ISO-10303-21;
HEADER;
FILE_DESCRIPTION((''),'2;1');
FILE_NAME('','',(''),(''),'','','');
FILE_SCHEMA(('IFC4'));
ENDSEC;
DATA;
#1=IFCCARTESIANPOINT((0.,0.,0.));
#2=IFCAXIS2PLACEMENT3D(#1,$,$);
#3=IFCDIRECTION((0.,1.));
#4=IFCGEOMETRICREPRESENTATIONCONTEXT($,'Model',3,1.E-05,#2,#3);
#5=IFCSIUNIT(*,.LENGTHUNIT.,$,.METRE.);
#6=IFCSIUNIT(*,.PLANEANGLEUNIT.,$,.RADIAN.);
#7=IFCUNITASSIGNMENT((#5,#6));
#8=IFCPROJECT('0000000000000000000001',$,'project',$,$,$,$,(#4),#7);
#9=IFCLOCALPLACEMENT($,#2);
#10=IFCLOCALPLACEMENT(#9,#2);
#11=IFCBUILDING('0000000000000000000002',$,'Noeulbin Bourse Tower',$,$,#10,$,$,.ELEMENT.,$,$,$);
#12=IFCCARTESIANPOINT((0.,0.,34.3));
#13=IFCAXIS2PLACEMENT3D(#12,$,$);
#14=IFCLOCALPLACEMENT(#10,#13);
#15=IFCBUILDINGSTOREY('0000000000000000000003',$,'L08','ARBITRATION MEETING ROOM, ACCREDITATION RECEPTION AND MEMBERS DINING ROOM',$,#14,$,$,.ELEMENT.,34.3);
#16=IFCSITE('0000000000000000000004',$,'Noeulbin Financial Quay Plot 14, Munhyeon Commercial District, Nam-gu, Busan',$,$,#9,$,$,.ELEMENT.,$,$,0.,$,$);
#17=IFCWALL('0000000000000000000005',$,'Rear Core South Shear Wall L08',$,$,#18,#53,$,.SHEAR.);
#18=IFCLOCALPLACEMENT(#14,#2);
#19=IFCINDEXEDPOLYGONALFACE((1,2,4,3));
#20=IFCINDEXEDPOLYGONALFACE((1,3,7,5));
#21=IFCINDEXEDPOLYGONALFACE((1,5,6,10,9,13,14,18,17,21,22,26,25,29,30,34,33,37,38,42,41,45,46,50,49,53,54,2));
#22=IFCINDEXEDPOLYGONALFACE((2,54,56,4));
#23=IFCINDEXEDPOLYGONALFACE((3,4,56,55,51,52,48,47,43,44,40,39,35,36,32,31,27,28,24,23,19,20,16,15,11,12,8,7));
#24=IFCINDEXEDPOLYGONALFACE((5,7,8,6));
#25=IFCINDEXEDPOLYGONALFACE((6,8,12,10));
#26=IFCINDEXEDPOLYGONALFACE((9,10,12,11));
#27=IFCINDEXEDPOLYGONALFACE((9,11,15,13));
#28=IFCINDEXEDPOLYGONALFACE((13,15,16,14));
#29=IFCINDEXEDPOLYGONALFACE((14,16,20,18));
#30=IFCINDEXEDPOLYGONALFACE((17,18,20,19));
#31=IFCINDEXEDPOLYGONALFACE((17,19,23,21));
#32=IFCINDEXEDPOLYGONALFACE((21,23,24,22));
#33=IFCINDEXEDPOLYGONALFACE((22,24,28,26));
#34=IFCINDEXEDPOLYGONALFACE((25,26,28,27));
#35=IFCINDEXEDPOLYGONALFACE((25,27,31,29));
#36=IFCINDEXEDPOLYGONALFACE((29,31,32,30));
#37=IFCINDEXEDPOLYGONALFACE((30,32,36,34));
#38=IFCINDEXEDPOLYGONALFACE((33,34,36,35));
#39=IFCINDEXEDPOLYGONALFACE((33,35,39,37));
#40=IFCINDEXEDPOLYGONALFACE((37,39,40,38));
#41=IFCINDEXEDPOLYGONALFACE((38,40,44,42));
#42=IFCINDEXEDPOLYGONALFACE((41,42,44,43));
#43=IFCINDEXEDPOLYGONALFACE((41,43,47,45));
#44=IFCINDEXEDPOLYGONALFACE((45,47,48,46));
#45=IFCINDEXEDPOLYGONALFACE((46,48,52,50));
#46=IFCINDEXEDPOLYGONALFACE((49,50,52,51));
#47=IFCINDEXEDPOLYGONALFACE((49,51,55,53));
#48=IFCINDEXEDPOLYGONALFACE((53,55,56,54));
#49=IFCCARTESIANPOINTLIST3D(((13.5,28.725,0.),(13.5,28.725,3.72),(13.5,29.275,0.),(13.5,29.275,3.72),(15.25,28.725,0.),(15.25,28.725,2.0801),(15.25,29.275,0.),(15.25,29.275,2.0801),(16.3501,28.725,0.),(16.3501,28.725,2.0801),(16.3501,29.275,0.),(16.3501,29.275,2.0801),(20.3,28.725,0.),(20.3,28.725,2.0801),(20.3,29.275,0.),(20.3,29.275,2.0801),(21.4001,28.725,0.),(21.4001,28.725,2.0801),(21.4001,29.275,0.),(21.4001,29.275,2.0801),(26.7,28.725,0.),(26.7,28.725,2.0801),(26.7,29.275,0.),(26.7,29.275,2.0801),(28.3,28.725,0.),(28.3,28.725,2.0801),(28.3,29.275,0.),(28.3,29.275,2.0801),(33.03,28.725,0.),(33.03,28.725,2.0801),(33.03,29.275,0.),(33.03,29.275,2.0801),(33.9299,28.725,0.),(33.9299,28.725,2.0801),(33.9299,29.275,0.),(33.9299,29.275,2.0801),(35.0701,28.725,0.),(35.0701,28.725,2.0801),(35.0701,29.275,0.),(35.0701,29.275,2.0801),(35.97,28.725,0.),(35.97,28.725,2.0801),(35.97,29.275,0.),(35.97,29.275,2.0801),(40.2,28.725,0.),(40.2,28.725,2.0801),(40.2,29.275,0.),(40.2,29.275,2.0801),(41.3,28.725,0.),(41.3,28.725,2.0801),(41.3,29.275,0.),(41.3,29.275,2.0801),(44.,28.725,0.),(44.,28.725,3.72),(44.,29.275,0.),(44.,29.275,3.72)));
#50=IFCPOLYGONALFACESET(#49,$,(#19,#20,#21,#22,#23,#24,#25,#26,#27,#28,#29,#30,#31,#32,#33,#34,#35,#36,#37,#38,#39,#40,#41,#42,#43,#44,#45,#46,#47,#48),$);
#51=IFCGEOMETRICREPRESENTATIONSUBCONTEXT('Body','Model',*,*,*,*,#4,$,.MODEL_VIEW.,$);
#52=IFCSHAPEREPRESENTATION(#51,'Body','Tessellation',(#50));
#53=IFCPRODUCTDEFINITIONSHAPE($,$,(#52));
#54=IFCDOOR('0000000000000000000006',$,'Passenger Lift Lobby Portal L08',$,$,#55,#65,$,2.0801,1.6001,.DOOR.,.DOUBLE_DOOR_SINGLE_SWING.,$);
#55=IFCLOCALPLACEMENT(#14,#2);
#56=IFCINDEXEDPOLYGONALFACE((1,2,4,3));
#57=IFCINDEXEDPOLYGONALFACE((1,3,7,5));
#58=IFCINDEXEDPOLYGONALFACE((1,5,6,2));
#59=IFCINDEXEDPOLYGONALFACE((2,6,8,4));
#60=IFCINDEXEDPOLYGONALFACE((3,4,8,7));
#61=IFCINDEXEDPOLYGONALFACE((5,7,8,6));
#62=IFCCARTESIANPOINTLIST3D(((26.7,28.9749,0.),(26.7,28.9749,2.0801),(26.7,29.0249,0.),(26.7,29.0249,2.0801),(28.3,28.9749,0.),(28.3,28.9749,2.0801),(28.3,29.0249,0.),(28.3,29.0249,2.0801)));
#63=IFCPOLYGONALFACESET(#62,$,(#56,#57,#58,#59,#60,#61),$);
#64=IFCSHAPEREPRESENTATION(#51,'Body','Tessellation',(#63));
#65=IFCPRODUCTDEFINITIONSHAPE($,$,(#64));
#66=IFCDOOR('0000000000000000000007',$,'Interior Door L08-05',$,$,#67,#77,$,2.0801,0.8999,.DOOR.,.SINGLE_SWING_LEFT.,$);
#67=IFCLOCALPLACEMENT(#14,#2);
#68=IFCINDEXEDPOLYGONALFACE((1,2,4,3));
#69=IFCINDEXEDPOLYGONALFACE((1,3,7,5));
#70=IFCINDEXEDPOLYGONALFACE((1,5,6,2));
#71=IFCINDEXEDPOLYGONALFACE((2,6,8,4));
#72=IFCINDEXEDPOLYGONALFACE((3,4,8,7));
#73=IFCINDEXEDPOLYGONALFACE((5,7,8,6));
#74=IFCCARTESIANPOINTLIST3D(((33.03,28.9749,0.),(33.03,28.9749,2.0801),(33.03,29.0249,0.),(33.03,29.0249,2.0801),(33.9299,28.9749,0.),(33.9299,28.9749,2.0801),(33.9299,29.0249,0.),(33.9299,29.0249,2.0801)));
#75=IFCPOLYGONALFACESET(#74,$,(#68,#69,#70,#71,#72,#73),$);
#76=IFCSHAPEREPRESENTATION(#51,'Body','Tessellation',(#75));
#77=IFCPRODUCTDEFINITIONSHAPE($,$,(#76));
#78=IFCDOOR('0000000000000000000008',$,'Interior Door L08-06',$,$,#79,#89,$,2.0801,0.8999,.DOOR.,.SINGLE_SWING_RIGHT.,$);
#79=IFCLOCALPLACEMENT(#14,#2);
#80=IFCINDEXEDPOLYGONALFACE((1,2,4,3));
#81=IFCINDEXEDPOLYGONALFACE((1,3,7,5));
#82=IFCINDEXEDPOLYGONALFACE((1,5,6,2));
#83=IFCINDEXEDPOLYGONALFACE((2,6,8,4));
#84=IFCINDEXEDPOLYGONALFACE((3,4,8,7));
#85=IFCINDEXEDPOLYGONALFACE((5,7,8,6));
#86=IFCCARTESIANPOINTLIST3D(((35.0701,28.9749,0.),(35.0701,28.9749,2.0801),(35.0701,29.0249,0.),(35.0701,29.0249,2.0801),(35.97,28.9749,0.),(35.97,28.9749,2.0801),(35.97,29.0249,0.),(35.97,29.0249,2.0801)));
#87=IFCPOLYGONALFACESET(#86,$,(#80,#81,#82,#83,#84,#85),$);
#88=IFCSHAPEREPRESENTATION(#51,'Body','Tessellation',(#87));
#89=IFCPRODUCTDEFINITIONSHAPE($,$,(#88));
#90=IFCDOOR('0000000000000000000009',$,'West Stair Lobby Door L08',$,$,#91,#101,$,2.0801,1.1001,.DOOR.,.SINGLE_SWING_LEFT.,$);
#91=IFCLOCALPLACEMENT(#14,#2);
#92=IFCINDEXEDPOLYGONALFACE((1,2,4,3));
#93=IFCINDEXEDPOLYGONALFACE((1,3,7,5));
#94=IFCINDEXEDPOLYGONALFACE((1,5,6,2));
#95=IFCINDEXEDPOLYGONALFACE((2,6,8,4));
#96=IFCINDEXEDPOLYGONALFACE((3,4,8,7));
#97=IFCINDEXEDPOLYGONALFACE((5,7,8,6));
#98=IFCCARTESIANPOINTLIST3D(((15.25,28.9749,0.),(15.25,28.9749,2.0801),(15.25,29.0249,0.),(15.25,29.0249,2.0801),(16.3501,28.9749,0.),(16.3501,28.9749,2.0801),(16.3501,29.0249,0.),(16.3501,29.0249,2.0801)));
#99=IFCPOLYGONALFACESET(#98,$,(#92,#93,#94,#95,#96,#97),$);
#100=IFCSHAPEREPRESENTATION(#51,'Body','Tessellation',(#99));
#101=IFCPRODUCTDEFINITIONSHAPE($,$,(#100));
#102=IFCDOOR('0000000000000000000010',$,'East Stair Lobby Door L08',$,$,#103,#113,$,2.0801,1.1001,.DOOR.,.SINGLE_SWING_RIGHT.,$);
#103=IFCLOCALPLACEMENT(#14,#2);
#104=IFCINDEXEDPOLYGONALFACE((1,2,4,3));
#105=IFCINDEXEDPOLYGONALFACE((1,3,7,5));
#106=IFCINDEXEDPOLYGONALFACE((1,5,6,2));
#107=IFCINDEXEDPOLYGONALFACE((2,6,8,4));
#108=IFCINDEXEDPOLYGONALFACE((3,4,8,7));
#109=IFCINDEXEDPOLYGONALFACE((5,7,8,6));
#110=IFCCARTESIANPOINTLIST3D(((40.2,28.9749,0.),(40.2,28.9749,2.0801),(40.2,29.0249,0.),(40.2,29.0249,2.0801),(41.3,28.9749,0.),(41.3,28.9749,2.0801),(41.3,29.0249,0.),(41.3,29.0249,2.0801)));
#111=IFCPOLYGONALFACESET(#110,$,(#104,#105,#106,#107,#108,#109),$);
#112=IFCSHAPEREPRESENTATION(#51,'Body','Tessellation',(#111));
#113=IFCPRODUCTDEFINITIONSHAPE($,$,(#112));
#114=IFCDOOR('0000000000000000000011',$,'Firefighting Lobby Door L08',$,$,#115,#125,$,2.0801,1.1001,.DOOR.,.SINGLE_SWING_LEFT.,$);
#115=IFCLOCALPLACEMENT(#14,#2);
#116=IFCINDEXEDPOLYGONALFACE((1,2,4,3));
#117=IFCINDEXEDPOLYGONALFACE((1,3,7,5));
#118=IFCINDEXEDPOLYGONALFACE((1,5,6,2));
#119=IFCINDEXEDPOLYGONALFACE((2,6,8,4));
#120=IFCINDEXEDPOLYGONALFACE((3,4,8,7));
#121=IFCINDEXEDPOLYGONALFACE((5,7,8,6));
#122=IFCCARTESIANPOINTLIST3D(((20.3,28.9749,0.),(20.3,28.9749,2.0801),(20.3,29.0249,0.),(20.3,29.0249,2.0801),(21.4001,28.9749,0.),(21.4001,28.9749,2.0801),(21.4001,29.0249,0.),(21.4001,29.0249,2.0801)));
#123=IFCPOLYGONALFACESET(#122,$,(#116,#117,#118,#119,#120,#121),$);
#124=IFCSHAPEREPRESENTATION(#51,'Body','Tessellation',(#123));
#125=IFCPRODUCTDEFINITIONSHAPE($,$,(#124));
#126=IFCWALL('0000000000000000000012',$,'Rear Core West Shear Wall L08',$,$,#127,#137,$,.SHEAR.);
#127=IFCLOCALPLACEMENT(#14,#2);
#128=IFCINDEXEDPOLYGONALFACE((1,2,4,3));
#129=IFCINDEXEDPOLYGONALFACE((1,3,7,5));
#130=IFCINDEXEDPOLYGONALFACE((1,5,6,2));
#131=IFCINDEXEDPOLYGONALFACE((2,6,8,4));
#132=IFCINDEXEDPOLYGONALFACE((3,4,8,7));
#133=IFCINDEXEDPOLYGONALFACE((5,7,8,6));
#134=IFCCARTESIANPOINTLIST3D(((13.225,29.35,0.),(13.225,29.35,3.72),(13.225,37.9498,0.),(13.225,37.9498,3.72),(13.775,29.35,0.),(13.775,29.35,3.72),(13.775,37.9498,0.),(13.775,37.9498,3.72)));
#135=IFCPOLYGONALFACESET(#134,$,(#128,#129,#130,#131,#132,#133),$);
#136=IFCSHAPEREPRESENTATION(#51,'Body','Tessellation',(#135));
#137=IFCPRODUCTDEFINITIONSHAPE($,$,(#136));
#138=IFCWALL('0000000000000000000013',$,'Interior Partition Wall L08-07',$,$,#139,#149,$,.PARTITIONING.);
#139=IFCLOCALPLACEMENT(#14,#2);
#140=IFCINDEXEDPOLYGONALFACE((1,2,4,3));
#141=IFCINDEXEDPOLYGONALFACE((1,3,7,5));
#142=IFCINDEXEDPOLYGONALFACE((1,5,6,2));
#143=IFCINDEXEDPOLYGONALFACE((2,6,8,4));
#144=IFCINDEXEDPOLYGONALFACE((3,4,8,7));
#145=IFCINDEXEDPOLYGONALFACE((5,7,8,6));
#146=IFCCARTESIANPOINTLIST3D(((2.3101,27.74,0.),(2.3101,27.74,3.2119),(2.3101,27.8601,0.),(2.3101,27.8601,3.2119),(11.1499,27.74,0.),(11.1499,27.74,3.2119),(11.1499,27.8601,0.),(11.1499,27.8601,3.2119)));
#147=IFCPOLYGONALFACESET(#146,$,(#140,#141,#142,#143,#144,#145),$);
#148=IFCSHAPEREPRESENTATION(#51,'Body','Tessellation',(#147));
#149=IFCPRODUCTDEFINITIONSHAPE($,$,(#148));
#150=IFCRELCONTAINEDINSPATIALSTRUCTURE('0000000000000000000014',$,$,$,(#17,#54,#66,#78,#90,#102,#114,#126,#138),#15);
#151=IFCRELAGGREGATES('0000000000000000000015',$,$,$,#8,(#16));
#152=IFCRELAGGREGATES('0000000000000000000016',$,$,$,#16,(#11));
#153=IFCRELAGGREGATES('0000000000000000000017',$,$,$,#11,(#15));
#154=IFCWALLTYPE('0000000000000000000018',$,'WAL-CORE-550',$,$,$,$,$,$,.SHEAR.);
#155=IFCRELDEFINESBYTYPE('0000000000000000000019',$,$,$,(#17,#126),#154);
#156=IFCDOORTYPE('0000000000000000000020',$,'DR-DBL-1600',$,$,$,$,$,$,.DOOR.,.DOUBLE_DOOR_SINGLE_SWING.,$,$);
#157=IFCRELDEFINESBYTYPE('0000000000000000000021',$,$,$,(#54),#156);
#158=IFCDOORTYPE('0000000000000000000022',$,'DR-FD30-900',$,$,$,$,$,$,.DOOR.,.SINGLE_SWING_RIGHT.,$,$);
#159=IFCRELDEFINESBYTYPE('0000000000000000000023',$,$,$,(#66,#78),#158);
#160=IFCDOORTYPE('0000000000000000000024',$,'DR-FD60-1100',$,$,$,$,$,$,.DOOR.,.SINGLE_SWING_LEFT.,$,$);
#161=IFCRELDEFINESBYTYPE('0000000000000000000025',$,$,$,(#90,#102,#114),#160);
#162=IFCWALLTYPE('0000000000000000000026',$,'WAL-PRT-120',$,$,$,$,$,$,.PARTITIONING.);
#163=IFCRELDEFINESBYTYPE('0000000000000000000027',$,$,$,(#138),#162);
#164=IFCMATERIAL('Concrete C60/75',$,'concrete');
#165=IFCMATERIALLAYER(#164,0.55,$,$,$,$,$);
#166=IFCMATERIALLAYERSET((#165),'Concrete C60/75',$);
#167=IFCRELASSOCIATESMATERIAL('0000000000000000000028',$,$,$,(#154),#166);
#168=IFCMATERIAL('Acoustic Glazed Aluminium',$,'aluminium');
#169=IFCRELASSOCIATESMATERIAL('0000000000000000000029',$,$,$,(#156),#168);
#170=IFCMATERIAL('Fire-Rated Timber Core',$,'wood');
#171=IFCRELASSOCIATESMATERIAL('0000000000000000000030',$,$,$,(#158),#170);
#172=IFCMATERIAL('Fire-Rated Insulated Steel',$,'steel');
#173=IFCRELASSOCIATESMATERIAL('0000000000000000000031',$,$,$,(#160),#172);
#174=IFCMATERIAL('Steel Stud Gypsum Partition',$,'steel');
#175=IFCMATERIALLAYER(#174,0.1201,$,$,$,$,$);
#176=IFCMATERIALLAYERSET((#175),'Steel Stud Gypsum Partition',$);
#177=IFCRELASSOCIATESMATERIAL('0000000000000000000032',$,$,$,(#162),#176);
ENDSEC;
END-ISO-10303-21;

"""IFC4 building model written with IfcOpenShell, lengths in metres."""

from ifc_helpers import new_model, si_unit, direction, frame, frame_2d, origin, place, context, subcontext, project, spatial, rectangle, extrude, material, layer, layer_set, type_object, element, fill, save


model = new_model("IFC4")

# Units and contexts
model_context = context("Model", 3, precision=1e-05, world=origin(), true_north=direction((0.0, 1.0)))
body_context = subcontext(model_context, "Body", "Model", "MODEL_VIEW")
ifc_project = project(units=[si_unit("LENGTHUNIT", "METRE"), si_unit("PLANEANGLEUNIT", "RADIAN")], contexts=[model_context])

# Site, building, storey
site_placement = place(None, origin())
site = spatial("IfcSite", under=ifc_project, at=site_placement, Name="Noeulbin Financial Quay Plot 14, Munhyeon Commercial District, Nam-gu, Busan", CompositionType="ELEMENT", RefElevation=0.0)
building_placement = place(site_placement, origin())
building = spatial("IfcBuilding", under=site, at=building_placement, Name="Noeulbin Bourse Tower", CompositionType="ELEMENT")
storey_placement = place(building_placement, frame((0.0, 0.0, 34.3)))
storey = spatial("IfcBuildingStorey", under=building, at=storey_placement, Name="L08", Description="ARBITRATION MEETING ROOM, ACCREDITATION RECEPTION AND MEMBERS DINING ROOM", CompositionType="ELEMENT", Elevation=34.3)

# Wall, openings, doors
ifc_material_1 = material(Name="Concrete C60/75", Category="concrete")
ifc_layer_1 = layer(ifc_material_1, 0.55)
ifc_layer_set_1 = layer_set([ifc_layer_1], Name="Concrete C60/75")
wall_type_1 = type_object("IfcWallType", Name="WAL-CORE-550", PredefinedType="SHEAR", material=ifc_layer_set_1)
wall_1_placement = place(storey_placement, frame((13.5, 29.0, 0.0), z_axis=(0.0, 0.0, 1.0), x_axis=(1.0, 0.0, 0.0)))
wall_1 = element("IfcWall", 1, at=wall_1_placement, inside=storey, type_object=wall_type_1, Name="Rear Core South Shear Wall L08", PredefinedType="SHEAR", context=body_context, shape_type="SweptSolid", body=[
    extrude(rectangle(XDim=30.5, YDim=0.55, at=frame_2d((15.25, 0.0))), origin(), (0.0, 0.0, 1.0), 3.72),
])
opening_1_placement = place(wall_1_placement, frame((1.75, 0.0, 0.0)))
opening_1 = element("IfcOpeningElement", 2, at=opening_1_placement, cuts=wall_1, PredefinedType="OPENING", context=body_context, shape_type="SweptSolid", body=[
    extrude(rectangle(XDim=1.1001, YDim=2.0801, at=frame_2d((0.55, 1.04))), frame((0.0, 0.2849, 0.0), z_axis=(0.0, -1.0, 0.0), x_axis=(1.0, 0.0, 0.0)), (0.0, 0.0, 1.0), 0.5701),
])
opening_2_placement = place(wall_1_placement, frame((26.7, 0.0, 0.0)))
opening_2 = element("IfcOpeningElement", 3, at=opening_2_placement, cuts=wall_1, PredefinedType="OPENING", context=body_context, shape_type="SweptSolid", body=[
    extrude(rectangle(XDim=1.1001, YDim=2.0801, at=frame_2d((0.55, 1.04))), frame((0.0, 0.2849, 0.0), z_axis=(0.0, -1.0, 0.0), x_axis=(1.0, 0.0, 0.0)), (0.0, 0.0, 1.0), 0.5701),
])
opening_3_placement = place(wall_1_placement, frame((6.8, 0.0, 0.0)))
opening_3 = element("IfcOpeningElement", 4, at=opening_3_placement, cuts=wall_1, PredefinedType="OPENING", context=body_context, shape_type="SweptSolid", body=[
    extrude(rectangle(XDim=1.1001, YDim=2.0801, at=frame_2d((0.55, 1.04))), frame((0.0, 0.2849, 0.0), z_axis=(0.0, -1.0, 0.0), x_axis=(1.0, 0.0, 0.0)), (0.0, 0.0, 1.0), 0.5701),
])
opening_4_placement = place(wall_1_placement, frame((13.2, 0.0, 0.0)))
opening_4 = element("IfcOpeningElement", 5, at=opening_4_placement, cuts=wall_1, PredefinedType="OPENING", context=body_context, shape_type="SweptSolid", body=[
    extrude(rectangle(XDim=1.6001, YDim=2.0801, at=frame_2d((0.8, 1.04))), frame((0.0, 0.2849, 0.0), z_axis=(0.0, -1.0, 0.0), x_axis=(1.0, 0.0, 0.0)), (0.0, 0.0, 1.0), 0.5701),
])
opening_5_placement = place(wall_1_placement, frame((19.53, 0.0, 0.0)))
opening_5 = element("IfcOpeningElement", 6, at=opening_5_placement, cuts=wall_1, PredefinedType="OPENING", context=body_context, shape_type="SweptSolid", body=[
    extrude(rectangle(XDim=0.8999, YDim=2.0801, at=frame_2d((0.45, 1.04))), frame((0.0, 0.2849, 0.0), z_axis=(0.0, -1.0, 0.0), x_axis=(1.0, 0.0, 0.0)), (0.0, 0.0, 1.0), 0.5701),
])
opening_6_placement = place(wall_1_placement, frame((21.5701, 0.0, 0.0)))
opening_6 = element("IfcOpeningElement", 7, at=opening_6_placement, cuts=wall_1, PredefinedType="OPENING", context=body_context, shape_type="SweptSolid", body=[
    extrude(rectangle(XDim=0.8999, YDim=2.0801, at=frame_2d((0.45, 1.04))), frame((0.0, 0.2849, 0.0), z_axis=(0.0, -1.0, 0.0), x_axis=(1.0, 0.0, 0.0)), (0.0, 0.0, 1.0), 0.5701),
])
ifc_material_2 = material(Name="Acoustic Glazed Aluminium", Category="aluminium")
door_type_1 = type_object("IfcDoorType", Name="DR-DBL-1600", OperationType="DOUBLE_DOOR_SINGLE_SWING", PredefinedType="DOOR", material=ifc_material_2)
door_1_placement = place(opening_4_placement, origin())
door_1 = element("IfcDoor", 8, at=door_1_placement, inside=storey, type_object=door_type_1, Name="Passenger Lift Lobby Portal L08", OperationType="DOUBLE_DOOR_SINGLE_SWING", OverallHeight=2.0801, OverallWidth=1.6001, PredefinedType="DOOR", context=body_context, shape_type="SweptSolid", body=[
    extrude(rectangle(XDim=1.6001, YDim=2.0801, at=frame_2d((0.8, 1.04))), frame((0.0, 0.0249, 0.0), z_axis=(0.0, -1.0, 0.0), x_axis=(1.0, 0.0, 0.0)), (0.0, 0.0, 1.0), 0.05),
])
fill(opening_4, door_1)
ifc_material_3 = material(Name="Fire-Rated Timber Core", Category="wood")
door_type_2 = type_object("IfcDoorType", Name="DR-FD30-900", OperationType="SINGLE_SWING_RIGHT", PredefinedType="DOOR", material=ifc_material_3)
door_2_placement = place(opening_5_placement, origin())
door_2 = element("IfcDoor", 9, at=door_2_placement, inside=storey, type_object=door_type_2, Name="Interior Door L08-05", OperationType="SINGLE_SWING_LEFT", OverallHeight=2.0801, OverallWidth=0.8999, PredefinedType="DOOR", context=body_context, shape_type="SweptSolid", body=[
    extrude(rectangle(XDim=0.8999, YDim=2.0801, at=frame_2d((0.45, 1.04))), frame((0.0, 0.0249, 0.0), z_axis=(0.0, -1.0, 0.0), x_axis=(1.0, 0.0, 0.0)), (0.0, 0.0, 1.0), 0.05),
])
fill(opening_5, door_2)
door_3_placement = place(opening_6_placement, origin())
door_3 = element("IfcDoor", 10, at=door_3_placement, inside=storey, type_object=door_type_2, Name="Interior Door L08-06", OperationType="SINGLE_SWING_RIGHT", OverallHeight=2.0801, OverallWidth=0.8999, PredefinedType="DOOR", context=body_context, shape_type="SweptSolid", body=[
    extrude(rectangle(XDim=0.8999, YDim=2.0801, at=frame_2d((0.45, 1.04))), frame((0.0, 0.0249, 0.0), z_axis=(0.0, -1.0, 0.0), x_axis=(1.0, 0.0, 0.0)), (0.0, 0.0, 1.0), 0.05),
])
fill(opening_6, door_3)
ifc_material_4 = material(Name="Fire-Rated Insulated Steel", Category="steel")
door_type_3 = type_object("IfcDoorType", Name="DR-FD60-1100", OperationType="SINGLE_SWING_LEFT", PredefinedType="DOOR", material=ifc_material_4)
door_4_placement = place(opening_1_placement, origin())
door_4 = element("IfcDoor", 11, at=door_4_placement, inside=storey, type_object=door_type_3, Name="West Stair Lobby Door L08", OperationType="SINGLE_SWING_LEFT", OverallHeight=2.0801, OverallWidth=1.1001, PredefinedType="DOOR", context=body_context, shape_type="SweptSolid", body=[
    extrude(rectangle(XDim=1.1001, YDim=2.0801, at=frame_2d((0.55, 1.04))), frame((0.0, 0.0249, 0.0), z_axis=(0.0, -1.0, 0.0), x_axis=(1.0, 0.0, 0.0)), (0.0, 0.0, 1.0), 0.05),
])
fill(opening_1, door_4)
door_5_placement = place(opening_2_placement, origin())
door_5 = element("IfcDoor", 12, at=door_5_placement, inside=storey, type_object=door_type_3, Name="East Stair Lobby Door L08", OperationType="SINGLE_SWING_RIGHT", OverallHeight=2.0801, OverallWidth=1.1001, PredefinedType="DOOR", context=body_context, shape_type="SweptSolid", body=[
    extrude(rectangle(XDim=1.1001, YDim=2.0801, at=frame_2d((0.55, 1.04))), frame((0.0, 0.0249, 0.0), z_axis=(0.0, -1.0, 0.0), x_axis=(1.0, 0.0, 0.0)), (0.0, 0.0, 1.0), 0.05),
])
fill(opening_2, door_5)
door_6_placement = place(opening_3_placement, origin())
door_6 = element("IfcDoor", 13, at=door_6_placement, inside=storey, type_object=door_type_3, Name="Firefighting Lobby Door L08", OperationType="SINGLE_SWING_LEFT", OverallHeight=2.0801, OverallWidth=1.1001, PredefinedType="DOOR", context=body_context, shape_type="SweptSolid", body=[
    extrude(rectangle(XDim=1.1001, YDim=2.0801, at=frame_2d((0.55, 1.04))), frame((0.0, 0.0249, 0.0), z_axis=(0.0, -1.0, 0.0), x_axis=(1.0, 0.0, 0.0)), (0.0, 0.0, 1.0), 0.05),
])
fill(opening_3, door_6)

# Walls
wall_2_placement = place(storey_placement, frame((13.5, 29.3501, 0.0), z_axis=(0.0, 0.0, 1.0), x_axis=(0.0, 1.0, 0.0)))
element("IfcWall", 14, at=wall_2_placement, inside=storey, type_object=wall_type_1, Name="Rear Core West Shear Wall L08", PredefinedType="SHEAR", context=body_context, shape_type="SweptSolid", body=[
    extrude(rectangle(XDim=8.5999, YDim=0.55, at=frame_2d((4.2998, 0.0))), origin(), (0.0, 0.0, 1.0), 3.72),
])
ifc_material_5 = material(Name="Steel Stud Gypsum Partition", Category="steel")
ifc_layer_2 = layer(ifc_material_5, 0.1201)
ifc_layer_set_2 = layer_set([ifc_layer_2], Name="Steel Stud Gypsum Partition")
wall_type_2 = type_object("IfcWallType", Name="WAL-PRT-120", PredefinedType="PARTITIONING", material=ifc_layer_set_2)
wall_3_placement = place(storey_placement, frame((2.3101, 27.8, 0.0), z_axis=(0.0, 0.0, 1.0), x_axis=(1.0, 0.0, 0.0)))
element("IfcWall", 15, at=wall_3_placement, inside=storey, type_object=wall_type_2, Name="Interior Partition Wall L08-07", PredefinedType="PARTITIONING", context=body_context, shape_type="SweptSolid", body=[
    extrude(rectangle(XDim=8.8398, YDim=0.1201, at=frame_2d((4.4199, 0.0))), origin(), (0.0, 0.0, 1.0), 3.2119),
])

save(model, "model.ifc")
